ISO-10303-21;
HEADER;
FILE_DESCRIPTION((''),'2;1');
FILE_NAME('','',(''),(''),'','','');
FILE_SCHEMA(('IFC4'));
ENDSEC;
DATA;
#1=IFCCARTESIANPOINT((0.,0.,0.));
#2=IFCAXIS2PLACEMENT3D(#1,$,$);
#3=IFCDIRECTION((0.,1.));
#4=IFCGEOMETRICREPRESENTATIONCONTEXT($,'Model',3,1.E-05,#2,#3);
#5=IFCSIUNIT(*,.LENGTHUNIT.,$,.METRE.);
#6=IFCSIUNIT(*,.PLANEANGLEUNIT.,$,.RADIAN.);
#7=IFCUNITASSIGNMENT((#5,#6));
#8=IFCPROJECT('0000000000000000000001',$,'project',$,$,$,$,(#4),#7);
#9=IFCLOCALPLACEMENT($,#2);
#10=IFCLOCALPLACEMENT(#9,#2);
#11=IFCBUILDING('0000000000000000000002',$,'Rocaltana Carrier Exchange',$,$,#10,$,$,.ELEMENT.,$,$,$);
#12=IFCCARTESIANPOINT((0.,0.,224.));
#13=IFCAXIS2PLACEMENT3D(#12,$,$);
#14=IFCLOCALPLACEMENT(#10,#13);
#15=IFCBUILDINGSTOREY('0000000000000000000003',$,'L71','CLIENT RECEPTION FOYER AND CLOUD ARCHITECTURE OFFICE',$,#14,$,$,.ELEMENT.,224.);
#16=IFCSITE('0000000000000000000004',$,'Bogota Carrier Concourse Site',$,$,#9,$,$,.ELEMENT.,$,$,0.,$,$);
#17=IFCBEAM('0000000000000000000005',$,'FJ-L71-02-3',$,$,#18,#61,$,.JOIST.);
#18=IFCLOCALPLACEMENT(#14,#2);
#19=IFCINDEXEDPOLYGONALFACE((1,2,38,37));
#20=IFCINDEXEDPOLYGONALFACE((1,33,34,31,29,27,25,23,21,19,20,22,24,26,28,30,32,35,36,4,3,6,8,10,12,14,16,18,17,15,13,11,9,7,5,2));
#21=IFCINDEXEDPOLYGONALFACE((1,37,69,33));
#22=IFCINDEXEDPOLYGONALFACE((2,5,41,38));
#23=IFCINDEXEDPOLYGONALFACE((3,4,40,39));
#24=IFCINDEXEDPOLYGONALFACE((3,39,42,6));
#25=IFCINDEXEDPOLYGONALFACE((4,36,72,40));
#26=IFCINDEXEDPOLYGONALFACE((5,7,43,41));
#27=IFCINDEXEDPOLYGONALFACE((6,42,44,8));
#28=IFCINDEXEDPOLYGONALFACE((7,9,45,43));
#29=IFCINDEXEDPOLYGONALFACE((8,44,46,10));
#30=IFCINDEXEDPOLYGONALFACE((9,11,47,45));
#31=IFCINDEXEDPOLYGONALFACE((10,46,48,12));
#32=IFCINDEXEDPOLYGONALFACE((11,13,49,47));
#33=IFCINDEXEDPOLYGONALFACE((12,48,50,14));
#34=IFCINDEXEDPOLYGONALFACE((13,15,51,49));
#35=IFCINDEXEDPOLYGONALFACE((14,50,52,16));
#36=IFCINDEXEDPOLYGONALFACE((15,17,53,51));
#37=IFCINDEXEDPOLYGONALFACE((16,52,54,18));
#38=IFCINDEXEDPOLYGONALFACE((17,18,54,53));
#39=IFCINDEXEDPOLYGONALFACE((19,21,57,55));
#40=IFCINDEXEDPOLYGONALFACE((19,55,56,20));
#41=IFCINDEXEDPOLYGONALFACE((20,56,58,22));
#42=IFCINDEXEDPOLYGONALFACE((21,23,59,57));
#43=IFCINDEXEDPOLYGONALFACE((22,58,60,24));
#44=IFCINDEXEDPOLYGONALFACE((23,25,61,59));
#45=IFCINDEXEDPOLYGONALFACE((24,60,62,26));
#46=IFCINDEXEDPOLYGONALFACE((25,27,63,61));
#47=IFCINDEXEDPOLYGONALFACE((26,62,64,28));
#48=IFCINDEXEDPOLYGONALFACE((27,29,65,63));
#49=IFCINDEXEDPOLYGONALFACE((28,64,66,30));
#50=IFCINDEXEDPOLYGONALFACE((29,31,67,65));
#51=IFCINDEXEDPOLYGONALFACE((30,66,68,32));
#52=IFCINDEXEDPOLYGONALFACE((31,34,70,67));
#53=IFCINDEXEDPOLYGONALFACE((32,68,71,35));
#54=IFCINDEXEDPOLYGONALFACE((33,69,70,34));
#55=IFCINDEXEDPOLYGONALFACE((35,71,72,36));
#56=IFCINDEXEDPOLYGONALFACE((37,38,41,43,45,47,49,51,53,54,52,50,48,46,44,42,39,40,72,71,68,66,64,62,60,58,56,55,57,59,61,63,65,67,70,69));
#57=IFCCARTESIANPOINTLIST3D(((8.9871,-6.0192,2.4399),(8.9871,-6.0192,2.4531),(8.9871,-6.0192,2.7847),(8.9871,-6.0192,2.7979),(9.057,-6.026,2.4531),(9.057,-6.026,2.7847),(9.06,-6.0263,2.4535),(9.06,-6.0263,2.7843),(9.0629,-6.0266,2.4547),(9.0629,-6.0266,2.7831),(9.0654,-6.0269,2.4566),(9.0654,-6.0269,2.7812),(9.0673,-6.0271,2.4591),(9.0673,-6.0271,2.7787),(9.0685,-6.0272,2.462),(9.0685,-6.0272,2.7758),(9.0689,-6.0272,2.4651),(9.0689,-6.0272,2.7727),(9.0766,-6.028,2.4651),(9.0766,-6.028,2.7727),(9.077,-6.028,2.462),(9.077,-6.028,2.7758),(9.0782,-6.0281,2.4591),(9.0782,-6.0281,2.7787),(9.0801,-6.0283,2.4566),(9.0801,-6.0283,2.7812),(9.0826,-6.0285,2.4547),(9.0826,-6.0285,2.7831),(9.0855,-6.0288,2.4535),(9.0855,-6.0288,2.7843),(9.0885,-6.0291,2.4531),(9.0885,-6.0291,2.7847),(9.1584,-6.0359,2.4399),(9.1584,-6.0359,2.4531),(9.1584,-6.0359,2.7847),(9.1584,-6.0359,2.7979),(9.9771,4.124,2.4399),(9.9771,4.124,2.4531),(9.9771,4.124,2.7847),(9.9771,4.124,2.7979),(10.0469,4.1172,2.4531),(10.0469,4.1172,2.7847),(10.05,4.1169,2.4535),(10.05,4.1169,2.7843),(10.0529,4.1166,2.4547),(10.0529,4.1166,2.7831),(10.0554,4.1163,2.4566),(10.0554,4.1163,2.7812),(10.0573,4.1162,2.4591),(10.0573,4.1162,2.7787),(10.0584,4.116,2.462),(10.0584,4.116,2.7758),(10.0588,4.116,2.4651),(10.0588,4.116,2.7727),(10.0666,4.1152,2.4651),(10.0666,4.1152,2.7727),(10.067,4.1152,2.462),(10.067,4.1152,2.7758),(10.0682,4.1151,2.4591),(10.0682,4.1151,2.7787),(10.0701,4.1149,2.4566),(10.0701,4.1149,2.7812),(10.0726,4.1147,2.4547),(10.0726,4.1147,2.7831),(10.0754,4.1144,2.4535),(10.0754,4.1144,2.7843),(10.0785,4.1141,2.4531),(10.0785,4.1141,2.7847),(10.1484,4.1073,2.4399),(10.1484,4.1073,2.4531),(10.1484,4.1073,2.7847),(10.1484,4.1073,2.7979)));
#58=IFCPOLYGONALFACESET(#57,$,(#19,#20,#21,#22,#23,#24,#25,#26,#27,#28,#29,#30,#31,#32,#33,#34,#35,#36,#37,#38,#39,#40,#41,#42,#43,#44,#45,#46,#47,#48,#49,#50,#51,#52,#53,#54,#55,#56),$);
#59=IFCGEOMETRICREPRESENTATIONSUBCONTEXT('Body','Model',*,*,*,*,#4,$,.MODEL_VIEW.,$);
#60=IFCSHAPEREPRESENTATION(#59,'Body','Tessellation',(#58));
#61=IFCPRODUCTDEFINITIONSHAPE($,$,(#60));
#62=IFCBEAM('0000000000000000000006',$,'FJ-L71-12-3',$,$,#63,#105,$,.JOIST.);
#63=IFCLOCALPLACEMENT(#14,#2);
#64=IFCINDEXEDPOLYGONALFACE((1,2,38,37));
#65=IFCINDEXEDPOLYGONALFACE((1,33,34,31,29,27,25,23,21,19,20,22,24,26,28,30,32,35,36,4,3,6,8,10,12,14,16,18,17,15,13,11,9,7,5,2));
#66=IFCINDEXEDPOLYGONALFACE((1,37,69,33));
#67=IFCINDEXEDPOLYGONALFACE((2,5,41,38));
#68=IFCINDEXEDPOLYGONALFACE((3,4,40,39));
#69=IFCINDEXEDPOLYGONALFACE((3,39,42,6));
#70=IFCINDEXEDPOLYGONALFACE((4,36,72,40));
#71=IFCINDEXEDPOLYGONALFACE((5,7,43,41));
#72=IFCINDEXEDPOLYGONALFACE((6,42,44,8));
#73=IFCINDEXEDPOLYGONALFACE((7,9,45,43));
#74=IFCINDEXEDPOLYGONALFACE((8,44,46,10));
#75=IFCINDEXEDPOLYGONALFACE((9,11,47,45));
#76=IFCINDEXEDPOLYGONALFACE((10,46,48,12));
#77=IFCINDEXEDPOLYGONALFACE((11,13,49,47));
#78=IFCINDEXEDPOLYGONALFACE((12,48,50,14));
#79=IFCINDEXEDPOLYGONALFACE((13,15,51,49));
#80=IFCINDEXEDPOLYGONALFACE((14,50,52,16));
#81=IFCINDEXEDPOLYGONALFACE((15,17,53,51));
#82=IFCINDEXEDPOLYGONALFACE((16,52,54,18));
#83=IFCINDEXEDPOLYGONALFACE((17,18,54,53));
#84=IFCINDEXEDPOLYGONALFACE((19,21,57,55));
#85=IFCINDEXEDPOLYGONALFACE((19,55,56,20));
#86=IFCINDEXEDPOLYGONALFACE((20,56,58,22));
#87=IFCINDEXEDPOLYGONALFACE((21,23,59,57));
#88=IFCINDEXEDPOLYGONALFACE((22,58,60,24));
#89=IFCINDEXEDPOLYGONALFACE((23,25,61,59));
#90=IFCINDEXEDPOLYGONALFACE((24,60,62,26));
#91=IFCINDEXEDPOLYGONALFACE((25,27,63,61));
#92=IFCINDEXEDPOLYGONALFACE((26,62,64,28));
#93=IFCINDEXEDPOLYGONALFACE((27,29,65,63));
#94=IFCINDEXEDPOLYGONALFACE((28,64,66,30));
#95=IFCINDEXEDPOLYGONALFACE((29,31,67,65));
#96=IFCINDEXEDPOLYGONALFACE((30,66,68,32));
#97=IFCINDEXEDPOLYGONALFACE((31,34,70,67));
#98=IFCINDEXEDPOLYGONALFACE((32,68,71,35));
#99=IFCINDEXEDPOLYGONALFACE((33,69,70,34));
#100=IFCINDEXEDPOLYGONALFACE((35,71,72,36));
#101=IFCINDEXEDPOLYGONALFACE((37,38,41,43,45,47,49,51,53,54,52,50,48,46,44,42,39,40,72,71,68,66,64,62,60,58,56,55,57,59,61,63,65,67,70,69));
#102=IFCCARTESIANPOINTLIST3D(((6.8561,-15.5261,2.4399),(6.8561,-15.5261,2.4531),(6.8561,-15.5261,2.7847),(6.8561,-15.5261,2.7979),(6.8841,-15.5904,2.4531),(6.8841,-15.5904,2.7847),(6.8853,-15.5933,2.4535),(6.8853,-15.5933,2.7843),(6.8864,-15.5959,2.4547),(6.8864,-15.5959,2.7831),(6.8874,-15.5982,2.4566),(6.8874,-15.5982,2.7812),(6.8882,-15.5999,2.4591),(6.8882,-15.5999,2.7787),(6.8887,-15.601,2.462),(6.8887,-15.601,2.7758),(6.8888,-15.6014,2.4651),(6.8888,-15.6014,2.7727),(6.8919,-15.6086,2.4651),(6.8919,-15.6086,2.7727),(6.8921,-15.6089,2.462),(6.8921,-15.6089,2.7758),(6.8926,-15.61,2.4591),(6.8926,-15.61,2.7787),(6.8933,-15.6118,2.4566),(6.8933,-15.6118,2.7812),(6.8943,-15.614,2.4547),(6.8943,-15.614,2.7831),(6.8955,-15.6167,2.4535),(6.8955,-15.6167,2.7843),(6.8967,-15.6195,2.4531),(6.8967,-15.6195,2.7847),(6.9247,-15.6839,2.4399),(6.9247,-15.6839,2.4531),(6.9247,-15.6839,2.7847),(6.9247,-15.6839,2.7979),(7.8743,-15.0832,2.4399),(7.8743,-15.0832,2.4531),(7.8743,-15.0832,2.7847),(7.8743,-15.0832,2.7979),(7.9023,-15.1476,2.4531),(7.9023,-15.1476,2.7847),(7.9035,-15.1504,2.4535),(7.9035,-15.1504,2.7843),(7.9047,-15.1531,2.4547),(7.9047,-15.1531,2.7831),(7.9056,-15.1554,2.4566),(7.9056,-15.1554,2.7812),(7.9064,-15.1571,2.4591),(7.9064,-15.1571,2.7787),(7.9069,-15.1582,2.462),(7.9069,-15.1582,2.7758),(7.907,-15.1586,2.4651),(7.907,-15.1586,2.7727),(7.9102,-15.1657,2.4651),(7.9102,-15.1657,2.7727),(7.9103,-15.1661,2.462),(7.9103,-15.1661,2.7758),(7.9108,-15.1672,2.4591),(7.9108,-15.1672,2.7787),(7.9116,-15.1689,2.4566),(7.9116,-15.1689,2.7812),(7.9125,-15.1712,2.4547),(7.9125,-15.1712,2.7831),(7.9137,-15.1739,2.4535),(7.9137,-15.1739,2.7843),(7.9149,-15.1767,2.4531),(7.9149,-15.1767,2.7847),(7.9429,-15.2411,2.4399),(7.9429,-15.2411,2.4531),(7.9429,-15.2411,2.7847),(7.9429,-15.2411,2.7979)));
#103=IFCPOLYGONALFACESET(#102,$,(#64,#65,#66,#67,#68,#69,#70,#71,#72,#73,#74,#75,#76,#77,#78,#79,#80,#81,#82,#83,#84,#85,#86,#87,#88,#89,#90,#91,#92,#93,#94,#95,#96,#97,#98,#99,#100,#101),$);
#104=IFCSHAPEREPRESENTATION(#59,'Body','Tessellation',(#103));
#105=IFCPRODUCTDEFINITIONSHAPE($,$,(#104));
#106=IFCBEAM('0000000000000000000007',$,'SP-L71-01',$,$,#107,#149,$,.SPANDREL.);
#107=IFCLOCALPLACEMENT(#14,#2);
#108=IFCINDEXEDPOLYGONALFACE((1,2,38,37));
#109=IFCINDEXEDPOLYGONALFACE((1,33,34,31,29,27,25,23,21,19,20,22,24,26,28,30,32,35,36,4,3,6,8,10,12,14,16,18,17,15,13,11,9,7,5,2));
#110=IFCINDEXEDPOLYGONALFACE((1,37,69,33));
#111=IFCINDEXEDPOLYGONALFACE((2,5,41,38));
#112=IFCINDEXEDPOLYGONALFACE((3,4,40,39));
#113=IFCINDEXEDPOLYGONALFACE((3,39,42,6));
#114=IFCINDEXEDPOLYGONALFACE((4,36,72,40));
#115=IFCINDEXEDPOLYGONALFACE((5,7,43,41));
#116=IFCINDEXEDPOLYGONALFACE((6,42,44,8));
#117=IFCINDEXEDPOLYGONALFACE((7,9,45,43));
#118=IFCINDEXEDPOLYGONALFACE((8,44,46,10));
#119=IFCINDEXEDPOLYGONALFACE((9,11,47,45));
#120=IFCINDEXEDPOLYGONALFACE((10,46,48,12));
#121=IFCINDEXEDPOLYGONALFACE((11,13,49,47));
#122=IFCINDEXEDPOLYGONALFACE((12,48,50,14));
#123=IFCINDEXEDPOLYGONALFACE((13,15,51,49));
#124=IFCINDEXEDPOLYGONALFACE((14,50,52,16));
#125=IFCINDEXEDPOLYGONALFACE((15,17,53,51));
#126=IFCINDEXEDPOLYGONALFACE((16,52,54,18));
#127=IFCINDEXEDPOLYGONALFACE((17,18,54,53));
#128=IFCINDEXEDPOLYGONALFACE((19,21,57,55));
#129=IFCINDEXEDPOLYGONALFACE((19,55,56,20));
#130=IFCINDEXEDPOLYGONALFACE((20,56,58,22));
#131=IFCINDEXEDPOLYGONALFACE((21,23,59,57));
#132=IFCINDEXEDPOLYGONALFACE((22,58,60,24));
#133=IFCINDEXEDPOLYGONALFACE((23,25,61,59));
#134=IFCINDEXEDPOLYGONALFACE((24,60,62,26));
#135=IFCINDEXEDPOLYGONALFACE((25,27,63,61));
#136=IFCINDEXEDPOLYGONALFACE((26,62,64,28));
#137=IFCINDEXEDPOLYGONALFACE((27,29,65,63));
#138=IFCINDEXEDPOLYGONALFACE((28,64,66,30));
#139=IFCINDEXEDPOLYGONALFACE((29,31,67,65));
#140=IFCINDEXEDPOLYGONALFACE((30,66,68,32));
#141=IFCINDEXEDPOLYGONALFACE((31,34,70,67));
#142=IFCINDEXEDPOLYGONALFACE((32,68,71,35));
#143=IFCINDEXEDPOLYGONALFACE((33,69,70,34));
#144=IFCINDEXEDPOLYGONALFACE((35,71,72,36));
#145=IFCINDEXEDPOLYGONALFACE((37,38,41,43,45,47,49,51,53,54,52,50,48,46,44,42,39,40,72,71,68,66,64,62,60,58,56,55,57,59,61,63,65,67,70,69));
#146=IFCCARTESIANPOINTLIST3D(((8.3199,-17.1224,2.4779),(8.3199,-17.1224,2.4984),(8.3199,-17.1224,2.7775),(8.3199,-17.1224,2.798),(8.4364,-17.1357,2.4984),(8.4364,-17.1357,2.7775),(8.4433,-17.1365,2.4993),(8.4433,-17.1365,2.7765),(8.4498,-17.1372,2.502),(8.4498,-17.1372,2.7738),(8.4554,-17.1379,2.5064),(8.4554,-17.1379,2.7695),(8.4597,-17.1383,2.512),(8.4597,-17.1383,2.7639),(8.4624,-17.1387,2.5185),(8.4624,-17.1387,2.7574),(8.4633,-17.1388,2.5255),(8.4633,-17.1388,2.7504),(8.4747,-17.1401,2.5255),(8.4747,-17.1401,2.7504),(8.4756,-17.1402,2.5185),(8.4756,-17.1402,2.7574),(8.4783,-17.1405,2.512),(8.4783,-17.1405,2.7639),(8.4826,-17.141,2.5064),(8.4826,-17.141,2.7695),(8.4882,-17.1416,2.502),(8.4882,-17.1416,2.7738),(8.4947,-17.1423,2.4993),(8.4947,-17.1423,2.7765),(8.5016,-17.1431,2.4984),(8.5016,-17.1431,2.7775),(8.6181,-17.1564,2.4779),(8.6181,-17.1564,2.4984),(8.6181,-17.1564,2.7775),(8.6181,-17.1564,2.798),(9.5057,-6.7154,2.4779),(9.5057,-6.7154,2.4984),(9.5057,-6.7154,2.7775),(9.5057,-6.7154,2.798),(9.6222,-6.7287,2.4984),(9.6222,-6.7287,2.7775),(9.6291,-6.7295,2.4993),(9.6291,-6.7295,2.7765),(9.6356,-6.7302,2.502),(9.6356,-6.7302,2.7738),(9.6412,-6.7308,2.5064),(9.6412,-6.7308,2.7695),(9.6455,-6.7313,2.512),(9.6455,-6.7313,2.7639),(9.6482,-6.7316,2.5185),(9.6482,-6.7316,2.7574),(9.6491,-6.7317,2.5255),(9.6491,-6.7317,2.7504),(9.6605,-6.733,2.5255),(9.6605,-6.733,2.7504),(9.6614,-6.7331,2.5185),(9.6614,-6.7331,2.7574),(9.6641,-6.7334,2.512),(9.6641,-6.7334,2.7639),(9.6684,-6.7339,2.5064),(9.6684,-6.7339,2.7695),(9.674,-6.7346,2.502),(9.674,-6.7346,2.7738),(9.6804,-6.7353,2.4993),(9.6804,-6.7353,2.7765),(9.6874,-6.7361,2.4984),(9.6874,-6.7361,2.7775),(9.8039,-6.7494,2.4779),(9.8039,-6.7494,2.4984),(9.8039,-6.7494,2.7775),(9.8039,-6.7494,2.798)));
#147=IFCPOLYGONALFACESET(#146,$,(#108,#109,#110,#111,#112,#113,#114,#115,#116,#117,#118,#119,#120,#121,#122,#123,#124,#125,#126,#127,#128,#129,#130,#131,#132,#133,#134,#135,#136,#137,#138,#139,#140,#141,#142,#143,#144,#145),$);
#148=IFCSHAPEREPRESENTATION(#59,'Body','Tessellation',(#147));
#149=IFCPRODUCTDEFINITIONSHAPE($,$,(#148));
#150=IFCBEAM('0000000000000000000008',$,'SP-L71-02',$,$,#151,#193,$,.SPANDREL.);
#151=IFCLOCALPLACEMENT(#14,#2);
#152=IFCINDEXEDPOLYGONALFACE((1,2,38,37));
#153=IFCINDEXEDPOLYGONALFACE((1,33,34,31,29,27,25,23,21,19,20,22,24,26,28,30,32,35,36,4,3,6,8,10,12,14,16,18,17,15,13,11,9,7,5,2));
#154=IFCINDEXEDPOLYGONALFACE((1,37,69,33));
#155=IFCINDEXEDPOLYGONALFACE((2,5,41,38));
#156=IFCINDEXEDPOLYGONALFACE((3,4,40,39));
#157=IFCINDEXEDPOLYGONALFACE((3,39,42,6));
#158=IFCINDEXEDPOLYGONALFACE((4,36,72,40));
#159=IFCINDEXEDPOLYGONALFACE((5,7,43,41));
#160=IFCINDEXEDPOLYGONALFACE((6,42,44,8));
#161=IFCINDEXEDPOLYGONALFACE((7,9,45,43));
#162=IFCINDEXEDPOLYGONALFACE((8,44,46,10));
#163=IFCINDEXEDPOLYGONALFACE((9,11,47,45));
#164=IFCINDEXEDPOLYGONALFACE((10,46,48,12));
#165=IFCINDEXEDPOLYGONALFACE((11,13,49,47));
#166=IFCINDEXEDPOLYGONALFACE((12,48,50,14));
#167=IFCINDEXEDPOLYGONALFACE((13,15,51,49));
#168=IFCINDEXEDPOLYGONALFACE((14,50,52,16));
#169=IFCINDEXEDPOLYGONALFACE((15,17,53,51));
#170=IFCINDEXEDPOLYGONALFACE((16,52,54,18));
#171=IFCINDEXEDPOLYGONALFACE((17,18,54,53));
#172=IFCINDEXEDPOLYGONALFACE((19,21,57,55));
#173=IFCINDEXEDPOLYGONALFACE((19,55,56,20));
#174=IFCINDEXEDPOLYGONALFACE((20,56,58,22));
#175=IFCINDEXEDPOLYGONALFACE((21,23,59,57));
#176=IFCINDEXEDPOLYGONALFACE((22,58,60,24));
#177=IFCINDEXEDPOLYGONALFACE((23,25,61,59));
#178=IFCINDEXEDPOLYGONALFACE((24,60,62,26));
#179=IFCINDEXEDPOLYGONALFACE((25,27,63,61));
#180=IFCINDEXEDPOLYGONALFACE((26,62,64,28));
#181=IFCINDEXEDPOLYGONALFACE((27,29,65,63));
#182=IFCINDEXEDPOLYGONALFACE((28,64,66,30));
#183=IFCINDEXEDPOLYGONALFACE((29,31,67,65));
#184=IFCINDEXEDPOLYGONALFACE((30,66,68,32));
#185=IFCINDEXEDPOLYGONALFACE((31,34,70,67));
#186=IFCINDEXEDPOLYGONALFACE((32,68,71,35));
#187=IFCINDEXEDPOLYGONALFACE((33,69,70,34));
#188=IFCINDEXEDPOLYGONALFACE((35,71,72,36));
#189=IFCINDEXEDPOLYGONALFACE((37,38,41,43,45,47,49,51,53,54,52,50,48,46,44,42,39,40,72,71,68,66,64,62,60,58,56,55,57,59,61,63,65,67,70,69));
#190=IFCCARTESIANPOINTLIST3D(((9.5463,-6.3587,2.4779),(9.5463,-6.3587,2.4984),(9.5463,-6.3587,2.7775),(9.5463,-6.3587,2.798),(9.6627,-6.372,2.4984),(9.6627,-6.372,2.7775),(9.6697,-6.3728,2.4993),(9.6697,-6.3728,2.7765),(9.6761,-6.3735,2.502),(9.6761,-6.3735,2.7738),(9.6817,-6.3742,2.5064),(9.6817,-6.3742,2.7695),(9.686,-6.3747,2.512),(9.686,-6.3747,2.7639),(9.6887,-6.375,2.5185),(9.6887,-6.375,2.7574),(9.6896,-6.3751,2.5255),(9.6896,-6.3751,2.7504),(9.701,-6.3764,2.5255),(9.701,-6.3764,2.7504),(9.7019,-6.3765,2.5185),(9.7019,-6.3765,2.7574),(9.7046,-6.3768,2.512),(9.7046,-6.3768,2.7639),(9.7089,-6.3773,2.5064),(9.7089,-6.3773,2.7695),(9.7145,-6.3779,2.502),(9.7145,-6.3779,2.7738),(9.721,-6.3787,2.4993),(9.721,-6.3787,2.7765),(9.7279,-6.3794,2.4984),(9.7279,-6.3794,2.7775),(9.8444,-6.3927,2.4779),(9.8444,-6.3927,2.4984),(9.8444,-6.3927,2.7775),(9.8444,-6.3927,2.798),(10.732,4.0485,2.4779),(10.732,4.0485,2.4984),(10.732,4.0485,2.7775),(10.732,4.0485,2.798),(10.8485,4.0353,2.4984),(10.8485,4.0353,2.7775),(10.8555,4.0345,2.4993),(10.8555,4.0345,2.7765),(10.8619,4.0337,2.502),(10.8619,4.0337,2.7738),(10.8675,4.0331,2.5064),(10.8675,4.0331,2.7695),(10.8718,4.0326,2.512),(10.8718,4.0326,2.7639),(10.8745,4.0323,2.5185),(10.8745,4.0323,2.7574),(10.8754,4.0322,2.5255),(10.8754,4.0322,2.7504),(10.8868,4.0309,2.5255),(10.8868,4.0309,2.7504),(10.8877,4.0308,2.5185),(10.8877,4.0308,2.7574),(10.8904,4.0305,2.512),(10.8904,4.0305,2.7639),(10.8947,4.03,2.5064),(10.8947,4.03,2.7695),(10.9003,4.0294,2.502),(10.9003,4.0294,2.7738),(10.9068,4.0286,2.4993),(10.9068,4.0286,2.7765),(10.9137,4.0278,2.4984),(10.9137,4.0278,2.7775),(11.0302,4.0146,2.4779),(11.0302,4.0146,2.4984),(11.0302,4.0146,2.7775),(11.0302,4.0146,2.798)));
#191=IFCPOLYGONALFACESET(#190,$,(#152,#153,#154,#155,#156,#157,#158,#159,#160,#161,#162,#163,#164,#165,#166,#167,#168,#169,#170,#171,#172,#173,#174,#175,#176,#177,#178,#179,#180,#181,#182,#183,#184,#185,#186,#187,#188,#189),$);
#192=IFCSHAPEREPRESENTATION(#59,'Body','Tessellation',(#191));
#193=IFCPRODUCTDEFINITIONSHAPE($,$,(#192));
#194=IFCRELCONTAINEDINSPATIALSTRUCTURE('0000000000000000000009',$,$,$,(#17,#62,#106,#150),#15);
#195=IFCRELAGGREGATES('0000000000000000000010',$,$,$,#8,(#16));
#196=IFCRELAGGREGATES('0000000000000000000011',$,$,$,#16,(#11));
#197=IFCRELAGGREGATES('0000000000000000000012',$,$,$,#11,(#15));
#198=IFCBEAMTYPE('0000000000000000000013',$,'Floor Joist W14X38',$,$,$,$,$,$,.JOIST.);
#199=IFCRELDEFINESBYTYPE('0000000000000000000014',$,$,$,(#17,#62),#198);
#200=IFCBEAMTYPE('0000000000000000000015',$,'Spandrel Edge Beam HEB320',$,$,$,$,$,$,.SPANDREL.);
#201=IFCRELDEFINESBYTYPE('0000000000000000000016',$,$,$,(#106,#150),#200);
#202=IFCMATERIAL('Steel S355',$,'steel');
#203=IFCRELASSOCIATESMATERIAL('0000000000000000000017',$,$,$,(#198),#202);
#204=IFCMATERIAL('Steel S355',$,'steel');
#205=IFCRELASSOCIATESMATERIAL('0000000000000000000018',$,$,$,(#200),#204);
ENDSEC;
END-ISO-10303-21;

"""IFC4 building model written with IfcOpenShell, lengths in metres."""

from ifc_helpers import new_model, si_unit, direction, frame, origin, origin_2d, place, context, subcontext, project, spatial, i_section, extrude, material, material_profile, profile_set, type_object, element, save


model = new_model("IFC4")

# Units and contexts
model_context = context("Model", 3, precision=1e-05, world=origin(), true_north=direction((0.0, 1.0)))
body_context = subcontext(model_context, "Body", "Model", "MODEL_VIEW")
ifc_project = project(units=[si_unit("LENGTHUNIT", "METRE"), si_unit("PLANEANGLEUNIT", "RADIAN")], contexts=[model_context])

# Site, building, storey
site_placement = place(None, origin())
site = spatial("IfcSite", under=ifc_project, at=site_placement, Name="Bogota Carrier Concourse Site", CompositionType="ELEMENT", RefElevation=0.0)
building_placement = place(site_placement, origin())
building = spatial("IfcBuilding", under=site, at=building_placement, Name="Rocaltana Carrier Exchange", CompositionType="ELEMENT")
storey_placement = place(building_placement, frame((0.0, 0.0, 224.0)))
storey = spatial("IfcBuildingStorey", under=building, at=storey_placement, Name="L71", Description="CLIENT RECEPTION FOYER AND CLOUD ARCHITECTURE OFFICE", CompositionType="ELEMENT", Elevation=224.0)

# Beams
ifc_material_1 = material(Name="Steel S355", Category="steel")
ifc_material_profile_1 = material_profile(ifc_material_1, i_section(OverallWidth=0.1721, OverallDepth=0.3579, WebThickness=0.0078, FlangeThickness=0.0132, FilletRadius=0.012, at=origin_2d()), Name="W14X38")
ifc_profile_set_1 = profile_set([ifc_material_profile_1], Name="Steel S355")
beam_type_1 = type_object("IfcBeamType", Name="Floor Joist W14X38", PredefinedType="JOIST", material=ifc_profile_set_1)
beam_1_placement = place(storey_placement, frame((9.0728, -6.0276, 2.6189), z_axis=(0.097139, 0.995271, 0.0), x_axis=(-0.995271, 0.097139, 0.0)))
element("IfcBeam", 1, at=beam_1_placement, inside=storey, type_object=beam_type_1, Name="FJ-L71-02-3", PredefinedType="JOIST", context=body_context, shape_type="SweptSolid", body=[
    extrude(i_section(OverallWidth=0.1721, OverallDepth=0.3579, WebThickness=0.0078, FlangeThickness=0.0132, FilletRadius=0.012, at=origin_2d()), origin(), (0.0, 0.0, 1.0), 10.1914),
])
beam_2_placement = place(storey_placement, frame((6.8904, -15.605, 2.6189), z_axis=(0.917028, 0.398823, 0.0), x_axis=(-0.398823, 0.917028, 0.0)))
element("IfcBeam", 2, at=beam_2_placement, inside=storey, type_object=beam_type_1, Name="FJ-L71-12-3", PredefinedType="JOIST", context=body_context, shape_type="SweptSolid", body=[
    extrude(i_section(OverallWidth=0.1721, OverallDepth=0.3579, WebThickness=0.0078, FlangeThickness=0.0132, FilletRadius=0.012, at=origin_2d()), origin(), (0.0, 0.0, 1.0), 1.1104),
])
ifc_material_2 = material(Name="Steel S355", Category="steel")
ifc_material_profile_2 = material_profile(ifc_material_2, i_section(OverallWidth=0.3, OverallDepth=0.3201, WebThickness=0.0115, FlangeThickness=0.0205, FilletRadius=0.0271, at=origin_2d()), Name="HEB320")
ifc_profile_set_2 = profile_set([ifc_material_profile_2], Name="Steel S355")
beam_type_2 = type_object("IfcBeamType", Name="Spandrel Edge Beam HEB320", PredefinedType="SPANDREL", material=ifc_profile_set_2)
beam_3_placement = place(storey_placement, frame((8.469, -17.1394, 2.6379), z_axis=(0.113209, 0.993571, 0.0), x_axis=(-0.993571, 0.113209, 0.0)))
element("IfcBeam", 3, at=beam_3_placement, inside=storey, type_object=beam_type_2, Name="SP-L71-01", PredefinedType="SPANDREL", context=body_context, shape_type="SweptSolid", body=[
    extrude(i_section(OverallWidth=0.3, OverallDepth=0.3201, WebThickness=0.0115, FlangeThickness=0.0205, FilletRadius=0.0271, at=origin_2d()), origin(), (0.0, 0.0, 1.0), 10.4744),
])
beam_4_placement = place(storey_placement, frame((9.6953, -6.3757, 2.6379), z_axis=(0.113207, 0.993571, 0.0), x_axis=(-0.993571, 0.113207, 0.0)))
element("IfcBeam", 4, at=beam_4_placement, inside=storey, type_object=beam_type_2, Name="SP-L71-02", PredefinedType="SPANDREL", context=body_context, shape_type="SweptSolid", body=[
    extrude(i_section(OverallWidth=0.3, OverallDepth=0.3201, WebThickness=0.0115, FlangeThickness=0.0205, FilletRadius=0.0271, at=origin_2d()), origin(), (0.0, 0.0, 1.0), 10.4746),
])

save(model, "model.ifc")
